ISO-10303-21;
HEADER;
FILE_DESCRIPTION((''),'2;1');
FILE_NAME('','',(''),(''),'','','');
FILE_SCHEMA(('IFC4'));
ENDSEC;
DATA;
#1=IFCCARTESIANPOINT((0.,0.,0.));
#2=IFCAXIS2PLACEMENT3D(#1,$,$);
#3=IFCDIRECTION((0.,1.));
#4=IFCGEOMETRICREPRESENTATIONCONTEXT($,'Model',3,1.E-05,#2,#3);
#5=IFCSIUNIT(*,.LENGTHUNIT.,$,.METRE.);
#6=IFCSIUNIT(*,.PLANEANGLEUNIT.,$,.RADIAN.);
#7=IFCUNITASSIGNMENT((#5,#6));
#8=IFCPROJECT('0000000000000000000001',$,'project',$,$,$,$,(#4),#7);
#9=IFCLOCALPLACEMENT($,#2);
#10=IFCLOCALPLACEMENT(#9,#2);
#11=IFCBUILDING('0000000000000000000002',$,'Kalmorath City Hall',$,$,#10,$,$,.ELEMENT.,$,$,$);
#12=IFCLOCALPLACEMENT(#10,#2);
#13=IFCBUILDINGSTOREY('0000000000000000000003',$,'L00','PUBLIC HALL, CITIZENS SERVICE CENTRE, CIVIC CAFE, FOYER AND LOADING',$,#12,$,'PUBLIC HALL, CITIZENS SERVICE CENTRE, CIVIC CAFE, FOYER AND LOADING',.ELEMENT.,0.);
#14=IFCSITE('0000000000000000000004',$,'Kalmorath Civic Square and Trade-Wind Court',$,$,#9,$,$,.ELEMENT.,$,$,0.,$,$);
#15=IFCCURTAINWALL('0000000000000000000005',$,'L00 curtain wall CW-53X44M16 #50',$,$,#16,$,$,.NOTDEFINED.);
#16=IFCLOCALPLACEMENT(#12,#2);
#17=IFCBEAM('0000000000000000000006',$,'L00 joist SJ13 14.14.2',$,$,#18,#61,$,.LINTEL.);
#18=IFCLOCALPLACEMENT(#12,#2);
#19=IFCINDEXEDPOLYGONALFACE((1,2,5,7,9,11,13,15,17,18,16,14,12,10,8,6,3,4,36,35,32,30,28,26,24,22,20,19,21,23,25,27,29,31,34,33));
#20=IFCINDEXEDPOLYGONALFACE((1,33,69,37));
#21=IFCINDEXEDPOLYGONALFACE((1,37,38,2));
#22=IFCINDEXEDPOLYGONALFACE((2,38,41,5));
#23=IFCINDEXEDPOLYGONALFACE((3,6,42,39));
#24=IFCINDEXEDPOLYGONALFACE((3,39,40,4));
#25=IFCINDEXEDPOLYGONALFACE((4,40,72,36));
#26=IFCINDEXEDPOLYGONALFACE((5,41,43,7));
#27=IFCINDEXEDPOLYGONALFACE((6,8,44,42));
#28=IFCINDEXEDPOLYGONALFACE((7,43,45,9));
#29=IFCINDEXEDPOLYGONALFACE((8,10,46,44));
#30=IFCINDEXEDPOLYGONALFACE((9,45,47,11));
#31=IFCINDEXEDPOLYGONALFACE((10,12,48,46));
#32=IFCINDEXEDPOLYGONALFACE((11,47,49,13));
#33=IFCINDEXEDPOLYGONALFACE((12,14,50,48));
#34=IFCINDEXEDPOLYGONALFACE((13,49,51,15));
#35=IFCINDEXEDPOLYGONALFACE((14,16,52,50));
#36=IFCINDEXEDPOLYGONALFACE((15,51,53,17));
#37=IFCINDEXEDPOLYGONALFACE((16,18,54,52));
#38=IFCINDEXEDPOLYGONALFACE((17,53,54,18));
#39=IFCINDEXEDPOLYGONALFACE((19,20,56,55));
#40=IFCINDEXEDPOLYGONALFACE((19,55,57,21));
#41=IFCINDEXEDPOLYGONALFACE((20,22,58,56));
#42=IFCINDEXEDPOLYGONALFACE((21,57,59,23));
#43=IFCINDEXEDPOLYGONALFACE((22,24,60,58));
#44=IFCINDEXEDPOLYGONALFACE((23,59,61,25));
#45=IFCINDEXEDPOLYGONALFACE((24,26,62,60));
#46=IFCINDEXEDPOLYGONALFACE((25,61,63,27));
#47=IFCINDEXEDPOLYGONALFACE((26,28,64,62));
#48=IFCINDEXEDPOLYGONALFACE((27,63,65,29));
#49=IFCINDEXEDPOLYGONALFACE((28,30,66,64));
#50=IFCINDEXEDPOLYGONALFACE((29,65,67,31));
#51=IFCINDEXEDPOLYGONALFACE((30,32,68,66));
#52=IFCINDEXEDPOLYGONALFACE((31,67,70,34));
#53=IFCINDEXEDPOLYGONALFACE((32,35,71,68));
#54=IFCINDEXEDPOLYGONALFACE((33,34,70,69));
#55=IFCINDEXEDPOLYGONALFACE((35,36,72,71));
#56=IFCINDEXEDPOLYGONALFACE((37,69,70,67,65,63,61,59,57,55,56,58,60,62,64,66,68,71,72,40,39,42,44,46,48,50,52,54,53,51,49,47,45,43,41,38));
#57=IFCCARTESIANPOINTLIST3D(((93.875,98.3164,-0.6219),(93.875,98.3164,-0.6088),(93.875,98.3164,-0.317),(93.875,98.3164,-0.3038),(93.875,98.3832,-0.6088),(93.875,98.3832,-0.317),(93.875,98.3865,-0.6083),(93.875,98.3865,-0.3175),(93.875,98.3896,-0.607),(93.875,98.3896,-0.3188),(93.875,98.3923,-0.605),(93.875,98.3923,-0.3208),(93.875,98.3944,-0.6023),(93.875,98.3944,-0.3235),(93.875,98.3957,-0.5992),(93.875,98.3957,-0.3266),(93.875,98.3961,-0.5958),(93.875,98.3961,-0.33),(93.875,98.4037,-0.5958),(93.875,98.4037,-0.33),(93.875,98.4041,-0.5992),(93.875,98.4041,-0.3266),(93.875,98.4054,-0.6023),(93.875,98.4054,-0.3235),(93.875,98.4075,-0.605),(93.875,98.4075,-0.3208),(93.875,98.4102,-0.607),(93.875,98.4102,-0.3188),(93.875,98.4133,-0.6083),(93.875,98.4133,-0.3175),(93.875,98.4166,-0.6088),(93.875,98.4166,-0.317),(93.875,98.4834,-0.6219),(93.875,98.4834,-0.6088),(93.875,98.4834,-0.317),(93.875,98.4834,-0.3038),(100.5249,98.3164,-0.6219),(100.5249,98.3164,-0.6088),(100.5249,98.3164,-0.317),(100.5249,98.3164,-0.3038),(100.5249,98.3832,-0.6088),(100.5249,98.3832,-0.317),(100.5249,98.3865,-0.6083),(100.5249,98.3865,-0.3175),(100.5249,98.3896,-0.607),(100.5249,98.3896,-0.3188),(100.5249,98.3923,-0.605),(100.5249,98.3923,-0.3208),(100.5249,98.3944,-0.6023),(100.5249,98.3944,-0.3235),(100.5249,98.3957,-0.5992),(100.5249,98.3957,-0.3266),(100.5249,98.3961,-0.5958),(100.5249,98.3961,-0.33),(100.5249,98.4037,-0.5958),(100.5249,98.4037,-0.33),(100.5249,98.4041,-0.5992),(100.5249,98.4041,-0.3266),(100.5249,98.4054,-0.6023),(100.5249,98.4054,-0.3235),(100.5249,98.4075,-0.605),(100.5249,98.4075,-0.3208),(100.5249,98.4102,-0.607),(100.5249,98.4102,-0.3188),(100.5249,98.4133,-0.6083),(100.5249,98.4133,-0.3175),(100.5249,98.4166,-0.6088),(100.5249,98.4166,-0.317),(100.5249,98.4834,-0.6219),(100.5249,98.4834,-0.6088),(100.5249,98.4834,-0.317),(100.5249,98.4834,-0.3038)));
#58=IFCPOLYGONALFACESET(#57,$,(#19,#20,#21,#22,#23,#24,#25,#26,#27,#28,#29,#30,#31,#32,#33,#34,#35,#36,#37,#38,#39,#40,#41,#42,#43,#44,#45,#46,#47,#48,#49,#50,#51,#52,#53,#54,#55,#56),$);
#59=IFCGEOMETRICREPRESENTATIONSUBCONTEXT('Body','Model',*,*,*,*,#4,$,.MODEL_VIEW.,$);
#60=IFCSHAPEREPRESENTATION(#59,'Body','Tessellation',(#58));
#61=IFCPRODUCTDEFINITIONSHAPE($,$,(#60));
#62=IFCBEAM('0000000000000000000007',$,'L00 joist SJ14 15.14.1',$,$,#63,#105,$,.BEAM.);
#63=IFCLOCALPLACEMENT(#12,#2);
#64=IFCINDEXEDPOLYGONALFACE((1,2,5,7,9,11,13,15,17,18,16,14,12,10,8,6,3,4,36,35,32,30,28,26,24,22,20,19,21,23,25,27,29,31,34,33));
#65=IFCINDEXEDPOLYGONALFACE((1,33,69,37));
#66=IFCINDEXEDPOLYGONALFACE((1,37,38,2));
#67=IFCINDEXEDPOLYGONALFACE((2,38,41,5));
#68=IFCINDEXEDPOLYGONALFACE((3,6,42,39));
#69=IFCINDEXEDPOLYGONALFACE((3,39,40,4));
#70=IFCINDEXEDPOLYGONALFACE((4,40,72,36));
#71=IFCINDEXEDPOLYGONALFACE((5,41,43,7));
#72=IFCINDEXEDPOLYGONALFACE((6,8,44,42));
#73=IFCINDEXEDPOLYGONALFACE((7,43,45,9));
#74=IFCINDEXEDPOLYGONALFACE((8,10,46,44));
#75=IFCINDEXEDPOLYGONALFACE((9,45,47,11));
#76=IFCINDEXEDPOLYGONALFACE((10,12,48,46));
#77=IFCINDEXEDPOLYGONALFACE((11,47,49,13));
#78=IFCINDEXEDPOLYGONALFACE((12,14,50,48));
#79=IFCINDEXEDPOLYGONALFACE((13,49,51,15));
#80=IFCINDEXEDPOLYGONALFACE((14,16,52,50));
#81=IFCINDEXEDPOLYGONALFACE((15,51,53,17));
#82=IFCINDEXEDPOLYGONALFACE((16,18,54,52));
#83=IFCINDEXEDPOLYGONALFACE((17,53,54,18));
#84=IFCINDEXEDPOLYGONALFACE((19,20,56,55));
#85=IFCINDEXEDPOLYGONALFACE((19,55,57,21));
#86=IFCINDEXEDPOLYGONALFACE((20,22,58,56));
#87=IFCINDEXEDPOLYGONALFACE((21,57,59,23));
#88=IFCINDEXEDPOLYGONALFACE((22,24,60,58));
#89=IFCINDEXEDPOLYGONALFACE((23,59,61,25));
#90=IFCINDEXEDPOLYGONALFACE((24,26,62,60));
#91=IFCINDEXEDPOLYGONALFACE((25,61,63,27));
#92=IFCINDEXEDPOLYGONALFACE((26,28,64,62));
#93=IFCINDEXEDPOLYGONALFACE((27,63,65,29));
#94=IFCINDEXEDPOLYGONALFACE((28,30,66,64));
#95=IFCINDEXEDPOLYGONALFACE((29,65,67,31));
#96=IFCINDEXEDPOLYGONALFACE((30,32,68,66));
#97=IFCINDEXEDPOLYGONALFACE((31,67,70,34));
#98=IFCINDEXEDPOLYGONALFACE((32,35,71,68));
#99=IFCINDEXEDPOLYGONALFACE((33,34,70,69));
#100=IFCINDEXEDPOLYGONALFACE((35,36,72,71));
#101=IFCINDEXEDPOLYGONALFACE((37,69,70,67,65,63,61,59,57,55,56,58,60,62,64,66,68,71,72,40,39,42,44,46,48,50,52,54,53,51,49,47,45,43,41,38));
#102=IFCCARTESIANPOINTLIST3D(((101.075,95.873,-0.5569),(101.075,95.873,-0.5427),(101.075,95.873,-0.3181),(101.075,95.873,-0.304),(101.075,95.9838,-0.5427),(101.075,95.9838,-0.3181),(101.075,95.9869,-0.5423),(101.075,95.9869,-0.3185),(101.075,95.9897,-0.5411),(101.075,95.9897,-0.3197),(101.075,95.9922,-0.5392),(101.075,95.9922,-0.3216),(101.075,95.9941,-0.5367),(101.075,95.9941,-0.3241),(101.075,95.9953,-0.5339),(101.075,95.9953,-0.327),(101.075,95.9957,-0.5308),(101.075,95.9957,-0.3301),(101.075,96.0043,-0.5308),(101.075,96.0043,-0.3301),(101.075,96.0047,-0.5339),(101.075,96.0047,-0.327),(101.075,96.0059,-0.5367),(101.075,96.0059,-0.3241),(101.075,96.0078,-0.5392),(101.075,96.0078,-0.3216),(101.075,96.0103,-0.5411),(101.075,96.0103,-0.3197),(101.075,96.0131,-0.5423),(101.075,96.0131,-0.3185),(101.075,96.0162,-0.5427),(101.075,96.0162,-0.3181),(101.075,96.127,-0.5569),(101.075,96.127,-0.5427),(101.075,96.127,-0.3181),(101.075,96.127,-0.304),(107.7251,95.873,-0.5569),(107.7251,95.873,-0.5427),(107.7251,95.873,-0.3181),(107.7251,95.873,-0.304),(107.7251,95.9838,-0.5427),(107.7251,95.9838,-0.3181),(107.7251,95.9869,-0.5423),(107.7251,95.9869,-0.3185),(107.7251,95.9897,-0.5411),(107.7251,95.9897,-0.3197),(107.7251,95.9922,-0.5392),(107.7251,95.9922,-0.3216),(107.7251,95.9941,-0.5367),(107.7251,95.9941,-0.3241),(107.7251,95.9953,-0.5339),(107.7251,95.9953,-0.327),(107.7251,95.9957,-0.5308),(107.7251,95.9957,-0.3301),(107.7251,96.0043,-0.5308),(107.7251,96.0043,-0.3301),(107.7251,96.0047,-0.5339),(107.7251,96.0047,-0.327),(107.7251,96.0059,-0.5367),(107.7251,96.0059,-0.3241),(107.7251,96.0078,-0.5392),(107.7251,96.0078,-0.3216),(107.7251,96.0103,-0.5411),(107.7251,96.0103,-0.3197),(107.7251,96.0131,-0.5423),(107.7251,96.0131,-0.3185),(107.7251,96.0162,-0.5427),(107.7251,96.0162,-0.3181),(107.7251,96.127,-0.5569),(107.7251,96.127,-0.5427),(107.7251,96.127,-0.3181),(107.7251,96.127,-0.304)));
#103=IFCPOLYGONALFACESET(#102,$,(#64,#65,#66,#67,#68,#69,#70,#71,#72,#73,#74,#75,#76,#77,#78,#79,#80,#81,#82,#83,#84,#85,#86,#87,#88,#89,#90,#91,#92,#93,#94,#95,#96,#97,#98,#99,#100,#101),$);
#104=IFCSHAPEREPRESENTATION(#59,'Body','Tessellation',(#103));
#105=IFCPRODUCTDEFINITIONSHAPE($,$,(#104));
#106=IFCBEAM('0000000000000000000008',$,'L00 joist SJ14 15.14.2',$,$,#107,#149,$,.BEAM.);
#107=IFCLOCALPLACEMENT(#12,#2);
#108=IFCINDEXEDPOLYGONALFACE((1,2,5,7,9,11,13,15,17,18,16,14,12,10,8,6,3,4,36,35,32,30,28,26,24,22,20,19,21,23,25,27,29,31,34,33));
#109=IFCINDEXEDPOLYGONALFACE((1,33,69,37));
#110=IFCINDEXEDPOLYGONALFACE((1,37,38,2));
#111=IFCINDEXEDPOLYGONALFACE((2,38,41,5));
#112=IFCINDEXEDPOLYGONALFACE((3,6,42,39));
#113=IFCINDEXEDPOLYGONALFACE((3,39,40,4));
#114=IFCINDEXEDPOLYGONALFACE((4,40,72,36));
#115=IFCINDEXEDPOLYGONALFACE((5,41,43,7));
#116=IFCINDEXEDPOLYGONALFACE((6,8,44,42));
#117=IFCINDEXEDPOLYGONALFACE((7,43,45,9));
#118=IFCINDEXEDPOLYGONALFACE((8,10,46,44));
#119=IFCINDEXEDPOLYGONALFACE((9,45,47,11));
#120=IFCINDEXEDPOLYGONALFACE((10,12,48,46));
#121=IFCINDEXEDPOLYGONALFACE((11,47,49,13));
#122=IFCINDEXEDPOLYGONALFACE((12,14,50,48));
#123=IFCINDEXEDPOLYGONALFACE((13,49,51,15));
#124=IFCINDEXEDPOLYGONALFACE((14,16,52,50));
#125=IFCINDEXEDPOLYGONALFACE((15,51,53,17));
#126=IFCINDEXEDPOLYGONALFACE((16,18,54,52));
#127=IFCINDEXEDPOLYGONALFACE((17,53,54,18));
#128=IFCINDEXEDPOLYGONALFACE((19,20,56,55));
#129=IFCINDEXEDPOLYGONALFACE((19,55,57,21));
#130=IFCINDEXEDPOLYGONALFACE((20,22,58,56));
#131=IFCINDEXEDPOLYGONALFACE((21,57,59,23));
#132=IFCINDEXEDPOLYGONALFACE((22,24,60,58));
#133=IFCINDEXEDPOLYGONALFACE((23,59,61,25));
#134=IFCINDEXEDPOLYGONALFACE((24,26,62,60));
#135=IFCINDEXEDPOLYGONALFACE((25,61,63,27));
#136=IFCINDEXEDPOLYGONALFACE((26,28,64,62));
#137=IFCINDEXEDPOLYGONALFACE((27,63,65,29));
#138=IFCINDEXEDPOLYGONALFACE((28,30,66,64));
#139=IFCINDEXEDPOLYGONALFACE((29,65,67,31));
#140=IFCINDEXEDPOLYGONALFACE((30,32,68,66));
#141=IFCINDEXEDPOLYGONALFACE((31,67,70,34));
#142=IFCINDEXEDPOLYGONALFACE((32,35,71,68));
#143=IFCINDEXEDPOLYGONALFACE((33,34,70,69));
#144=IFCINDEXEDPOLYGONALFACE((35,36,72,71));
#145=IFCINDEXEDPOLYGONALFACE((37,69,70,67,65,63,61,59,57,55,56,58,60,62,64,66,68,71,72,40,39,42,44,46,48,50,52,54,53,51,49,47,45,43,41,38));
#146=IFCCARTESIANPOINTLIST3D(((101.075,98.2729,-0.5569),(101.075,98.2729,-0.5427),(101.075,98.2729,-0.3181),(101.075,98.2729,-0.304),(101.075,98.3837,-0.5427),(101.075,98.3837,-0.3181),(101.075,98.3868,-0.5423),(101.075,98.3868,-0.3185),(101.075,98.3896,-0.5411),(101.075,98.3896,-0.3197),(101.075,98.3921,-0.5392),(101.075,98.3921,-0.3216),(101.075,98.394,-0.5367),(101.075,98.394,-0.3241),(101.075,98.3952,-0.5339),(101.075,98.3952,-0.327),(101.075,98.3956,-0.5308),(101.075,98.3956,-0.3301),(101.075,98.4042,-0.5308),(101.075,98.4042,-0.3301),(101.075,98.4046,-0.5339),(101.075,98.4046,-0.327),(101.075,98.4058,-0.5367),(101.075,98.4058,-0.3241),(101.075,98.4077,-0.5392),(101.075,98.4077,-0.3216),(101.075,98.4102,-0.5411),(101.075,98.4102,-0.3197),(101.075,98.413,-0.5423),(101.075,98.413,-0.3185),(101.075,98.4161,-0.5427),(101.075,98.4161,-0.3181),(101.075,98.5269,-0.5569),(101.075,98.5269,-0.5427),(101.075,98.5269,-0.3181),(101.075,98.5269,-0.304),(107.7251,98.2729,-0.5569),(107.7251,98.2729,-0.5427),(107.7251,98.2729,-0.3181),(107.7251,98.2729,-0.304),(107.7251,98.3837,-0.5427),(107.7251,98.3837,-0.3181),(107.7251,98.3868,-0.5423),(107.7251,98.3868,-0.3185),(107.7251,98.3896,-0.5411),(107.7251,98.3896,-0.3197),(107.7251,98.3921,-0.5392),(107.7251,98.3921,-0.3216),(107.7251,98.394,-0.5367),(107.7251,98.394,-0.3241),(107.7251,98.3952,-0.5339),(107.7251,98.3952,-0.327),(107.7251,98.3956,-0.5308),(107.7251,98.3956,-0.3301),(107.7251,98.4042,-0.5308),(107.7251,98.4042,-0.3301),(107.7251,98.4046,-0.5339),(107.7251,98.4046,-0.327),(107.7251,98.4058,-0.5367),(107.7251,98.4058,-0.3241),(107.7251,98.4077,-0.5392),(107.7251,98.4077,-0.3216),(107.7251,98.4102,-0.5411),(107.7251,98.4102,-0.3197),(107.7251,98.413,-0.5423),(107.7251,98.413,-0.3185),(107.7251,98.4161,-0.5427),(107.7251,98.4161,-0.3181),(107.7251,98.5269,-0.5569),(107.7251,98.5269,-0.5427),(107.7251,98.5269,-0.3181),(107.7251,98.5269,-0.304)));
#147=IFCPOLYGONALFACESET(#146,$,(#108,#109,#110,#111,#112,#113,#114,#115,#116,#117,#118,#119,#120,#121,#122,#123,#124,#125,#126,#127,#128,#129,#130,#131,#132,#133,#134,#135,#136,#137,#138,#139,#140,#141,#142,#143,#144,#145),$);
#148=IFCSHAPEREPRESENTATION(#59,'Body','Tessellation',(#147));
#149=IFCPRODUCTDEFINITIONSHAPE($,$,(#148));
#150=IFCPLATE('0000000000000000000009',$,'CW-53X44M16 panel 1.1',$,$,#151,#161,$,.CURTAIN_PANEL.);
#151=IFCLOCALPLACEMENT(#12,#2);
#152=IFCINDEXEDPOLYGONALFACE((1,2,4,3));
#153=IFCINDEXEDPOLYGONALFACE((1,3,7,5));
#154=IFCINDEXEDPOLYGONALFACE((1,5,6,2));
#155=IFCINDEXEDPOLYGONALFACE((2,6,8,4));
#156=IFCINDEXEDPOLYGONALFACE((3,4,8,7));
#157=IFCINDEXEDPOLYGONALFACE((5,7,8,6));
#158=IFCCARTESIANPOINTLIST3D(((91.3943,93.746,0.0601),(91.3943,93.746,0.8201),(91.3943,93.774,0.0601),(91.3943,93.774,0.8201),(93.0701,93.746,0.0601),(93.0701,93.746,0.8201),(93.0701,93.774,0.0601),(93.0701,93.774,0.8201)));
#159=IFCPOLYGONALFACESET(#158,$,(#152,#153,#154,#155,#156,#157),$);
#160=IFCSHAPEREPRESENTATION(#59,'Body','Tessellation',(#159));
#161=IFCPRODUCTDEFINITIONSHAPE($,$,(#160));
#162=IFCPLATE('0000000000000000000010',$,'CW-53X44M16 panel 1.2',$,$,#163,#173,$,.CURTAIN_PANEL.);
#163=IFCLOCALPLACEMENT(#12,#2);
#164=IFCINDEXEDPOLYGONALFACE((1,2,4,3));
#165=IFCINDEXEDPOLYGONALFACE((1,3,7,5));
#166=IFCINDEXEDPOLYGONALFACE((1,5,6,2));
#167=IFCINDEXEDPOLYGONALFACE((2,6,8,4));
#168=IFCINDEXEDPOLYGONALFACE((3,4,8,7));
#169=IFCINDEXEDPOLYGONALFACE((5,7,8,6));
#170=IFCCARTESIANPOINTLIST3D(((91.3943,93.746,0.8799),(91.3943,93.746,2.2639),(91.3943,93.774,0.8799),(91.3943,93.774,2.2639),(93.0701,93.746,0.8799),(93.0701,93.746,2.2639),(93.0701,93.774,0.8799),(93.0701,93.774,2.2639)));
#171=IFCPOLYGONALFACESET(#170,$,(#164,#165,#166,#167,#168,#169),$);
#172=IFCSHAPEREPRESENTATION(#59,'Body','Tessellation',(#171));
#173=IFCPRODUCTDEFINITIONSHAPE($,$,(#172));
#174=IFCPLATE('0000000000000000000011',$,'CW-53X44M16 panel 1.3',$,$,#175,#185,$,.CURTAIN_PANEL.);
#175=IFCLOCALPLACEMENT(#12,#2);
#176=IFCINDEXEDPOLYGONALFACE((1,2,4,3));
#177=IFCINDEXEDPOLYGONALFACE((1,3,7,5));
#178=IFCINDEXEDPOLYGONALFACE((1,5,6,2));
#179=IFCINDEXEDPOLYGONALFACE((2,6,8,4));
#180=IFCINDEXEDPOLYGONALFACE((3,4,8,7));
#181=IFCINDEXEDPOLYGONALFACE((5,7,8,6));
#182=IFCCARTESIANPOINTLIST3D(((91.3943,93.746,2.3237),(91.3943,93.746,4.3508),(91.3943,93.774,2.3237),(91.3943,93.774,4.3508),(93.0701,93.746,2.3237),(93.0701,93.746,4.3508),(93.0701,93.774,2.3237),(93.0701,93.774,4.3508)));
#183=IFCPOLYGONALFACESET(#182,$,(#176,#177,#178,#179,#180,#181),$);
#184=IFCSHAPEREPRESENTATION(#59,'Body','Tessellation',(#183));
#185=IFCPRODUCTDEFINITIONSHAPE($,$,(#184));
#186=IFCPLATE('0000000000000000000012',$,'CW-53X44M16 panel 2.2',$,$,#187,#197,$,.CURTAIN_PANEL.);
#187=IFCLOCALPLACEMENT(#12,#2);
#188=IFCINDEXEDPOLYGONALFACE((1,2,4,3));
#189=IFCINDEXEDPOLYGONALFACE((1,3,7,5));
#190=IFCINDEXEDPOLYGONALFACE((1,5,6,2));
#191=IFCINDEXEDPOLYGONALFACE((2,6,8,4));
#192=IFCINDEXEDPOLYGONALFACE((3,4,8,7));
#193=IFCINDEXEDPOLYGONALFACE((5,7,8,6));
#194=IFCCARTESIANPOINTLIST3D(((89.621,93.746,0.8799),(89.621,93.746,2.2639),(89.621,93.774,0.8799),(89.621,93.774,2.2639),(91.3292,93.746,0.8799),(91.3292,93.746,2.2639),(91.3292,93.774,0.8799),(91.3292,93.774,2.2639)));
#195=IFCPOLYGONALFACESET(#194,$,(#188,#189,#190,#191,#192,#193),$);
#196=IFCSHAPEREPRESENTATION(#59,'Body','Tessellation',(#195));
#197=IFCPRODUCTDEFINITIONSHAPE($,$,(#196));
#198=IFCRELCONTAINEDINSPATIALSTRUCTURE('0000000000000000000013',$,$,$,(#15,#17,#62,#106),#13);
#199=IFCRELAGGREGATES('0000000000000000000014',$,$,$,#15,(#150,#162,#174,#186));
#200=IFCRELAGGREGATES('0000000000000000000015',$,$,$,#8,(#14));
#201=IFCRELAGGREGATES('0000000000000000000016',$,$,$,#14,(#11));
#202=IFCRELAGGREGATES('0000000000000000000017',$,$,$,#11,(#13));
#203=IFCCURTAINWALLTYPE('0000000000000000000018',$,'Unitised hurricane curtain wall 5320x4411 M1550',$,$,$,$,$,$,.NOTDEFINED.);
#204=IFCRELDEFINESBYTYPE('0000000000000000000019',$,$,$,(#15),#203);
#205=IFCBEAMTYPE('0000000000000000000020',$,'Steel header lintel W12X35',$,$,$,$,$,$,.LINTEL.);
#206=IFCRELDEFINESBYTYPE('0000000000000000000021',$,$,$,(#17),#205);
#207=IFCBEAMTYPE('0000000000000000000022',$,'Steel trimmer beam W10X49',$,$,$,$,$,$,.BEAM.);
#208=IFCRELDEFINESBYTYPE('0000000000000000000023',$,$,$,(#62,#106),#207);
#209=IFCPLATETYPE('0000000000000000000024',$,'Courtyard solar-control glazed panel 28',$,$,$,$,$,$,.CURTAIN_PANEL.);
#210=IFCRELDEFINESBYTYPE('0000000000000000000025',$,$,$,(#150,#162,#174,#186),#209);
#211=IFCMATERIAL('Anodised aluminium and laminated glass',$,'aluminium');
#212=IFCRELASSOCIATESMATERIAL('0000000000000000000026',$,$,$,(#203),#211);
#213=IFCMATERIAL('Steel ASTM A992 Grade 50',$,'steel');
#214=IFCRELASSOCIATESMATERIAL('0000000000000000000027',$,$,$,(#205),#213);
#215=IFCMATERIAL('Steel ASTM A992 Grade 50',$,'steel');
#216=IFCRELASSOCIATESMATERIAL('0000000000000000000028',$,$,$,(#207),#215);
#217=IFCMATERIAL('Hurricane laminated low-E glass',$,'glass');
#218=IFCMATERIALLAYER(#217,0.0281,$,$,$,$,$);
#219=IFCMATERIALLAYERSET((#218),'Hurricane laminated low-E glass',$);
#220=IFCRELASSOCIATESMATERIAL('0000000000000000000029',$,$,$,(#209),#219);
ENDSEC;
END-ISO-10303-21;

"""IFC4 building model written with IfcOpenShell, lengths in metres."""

from ifc_helpers import new_model, si_unit, direction, frame, origin, origin_2d, place, context, subcontext, project, spatial, rectangle, i_section, extrude, material, layer, layer_set, material_profile, profile_set, type_object, element, aggregate, save


model = new_model("IFC4")

# Units and contexts
model_context = context("Model", 3, precision=1e-05, world=origin(), true_north=direction((0.0, 1.0)))
body_context = subcontext(model_context, "Body", "Model", "MODEL_VIEW")
ifc_project = project(units=[si_unit("LENGTHUNIT", "METRE"), si_unit("PLANEANGLEUNIT", "RADIAN")], contexts=[model_context])

# Site, building, storey
site_placement = place(None, origin())
site = spatial("IfcSite", under=ifc_project, at=site_placement, Name="Kalmorath Civic Square and Trade-Wind Court", CompositionType="ELEMENT", RefElevation=0.0)
building_placement = place(site_placement, origin())
building = spatial("IfcBuilding", under=site, at=building_placement, Name="Kalmorath City Hall", CompositionType="ELEMENT")
storey_placement = place(building_placement, origin())
storey = spatial("IfcBuildingStorey", under=building, at=storey_placement, Name="L00", Description="PUBLIC HALL, CITIZENS SERVICE CENTRE, CIVIC CAFE, FOYER AND LOADING", LongName="PUBLIC HALL, CITIZENS SERVICE CENTRE, CIVIC CAFE, FOYER AND LOADING", CompositionType="ELEMENT", Elevation=0.0)

# Curtain wall
ifc_material_1 = material(Name="Anodised aluminium and laminated glass", Category="aluminium")
curtain_wall_type = type_object("IfcCurtainWallType", Name="Unitised hurricane curtain wall 5320x4411 M1550", PredefinedType="NOTDEFINED", material=ifc_material_1)
curtain_wall_placement = place(storey_placement, origin())
curtain_wall = element("IfcCurtainWall", 1, at=curtain_wall_placement, inside=storey, type_object=curtain_wall_type, Name="L00 curtain wall CW-53X44M16 #50", PredefinedType="NOTDEFINED")

# Beams
ifc_material_2 = material(Name="Steel ASTM A992 Grade 50", Category="steel")
ifc_material_profile_1 = material_profile(ifc_material_2, i_section(OverallWidth=0.167, OverallDepth=0.3181, WebThickness=0.0076, FlangeThickness=0.0132, FilletRadius=0.0129, at=origin_2d()), Name="W12X35")
ifc_profile_set_1 = profile_set([ifc_material_profile_1], Name="Steel ASTM A992 Grade 50")
beam_type_1 = type_object("IfcBeamType", Name="Steel header lintel W12X35", PredefinedType="LINTEL", material=ifc_profile_set_1)
for number, where, z_axis, x_axis, name in (
    (2, (93.875, 98.3999, -0.4629), (1.0, 0.0, 0.0), (0.0, 1.0, 0.0), "L00 joist SJ13 14.14.2"),
):
    element("IfcBeam", number, at=place(storey_placement, frame(where, z_axis=z_axis, x_axis=x_axis)), inside=storey, type_object=beam_type_1, Name=name, PredefinedType="LINTEL", context=body_context, shape_type="SweptSolid", body=[
        extrude(i_section(OverallWidth=0.167, OverallDepth=0.3181, WebThickness=0.0076, FlangeThickness=0.0132, FilletRadius=0.0129, at=origin_2d()), origin(), (0.0, 0.0, 1.0), 6.6499),
    ])
ifc_material_3 = material(Name="Steel ASTM A992 Grade 50", Category="steel")
ifc_material_profile_2 = material_profile(ifc_material_3, i_section(OverallWidth=0.2539, OverallDepth=0.2529, WebThickness=0.0085, FlangeThickness=0.0142, FilletRadius=0.012, at=origin_2d()), Name="W10X49")
ifc_profile_set_2 = profile_set([ifc_material_profile_2], Name="Steel ASTM A992 Grade 50")
beam_type_2 = type_object("IfcBeamType", Name="Steel trimmer beam W10X49", PredefinedType="BEAM", material=ifc_profile_set_2)
for number, where, z_axis, x_axis, name in (
    (3, (101.075, 96.0, -0.4304), (1.0, 0.0, 0.0), (0.0, 1.0, 0.0), "L00 joist SJ14 15.14.1"),
    (4, (101.075, 98.3999, -0.4304), (1.0, 0.0, 0.0), (0.0, 1.0, 0.0), "L00 joist SJ14 15.14.2"),
):
    element("IfcBeam", number, at=place(storey_placement, frame(where, z_axis=z_axis, x_axis=x_axis)), inside=storey, type_object=beam_type_2, Name=name, PredefinedType="BEAM", context=body_context, shape_type="SweptSolid", body=[
        extrude(i_section(OverallWidth=0.2539, OverallDepth=0.2529, WebThickness=0.0085, FlangeThickness=0.0142, FilletRadius=0.012, at=origin_2d()), origin(), (0.0, 0.0, 1.0), 6.6501),
    ])

# Plates
ifc_material_4 = material(Name="Hurricane laminated low-E glass", Category="glass")
ifc_layer_1 = layer(ifc_material_4, 0.0281)
ifc_layer_set_1 = layer_set([ifc_layer_1], Name="Hurricane laminated low-E glass")
plate_type = type_object("IfcPlateType", Name="Courtyard solar-control glazed panel 28", PredefinedType="CURTAIN_PANEL", material=ifc_layer_set_1)
plate_1_placement = place(storey_placement, frame((92.2322, 93.76, 0.0601), z_axis=(0.0, 0.0, 1.0), x_axis=(-1.0, 0.0, 0.0)))
plate_1 = element("IfcPlate", 5, at=plate_1_placement, type_object=plate_type, Name="CW-53X44M16 panel 1.1", PredefinedType="CURTAIN_PANEL", context=body_context, shape_type="SweptSolid", body=[
    extrude(rectangle(XDim=1.6758, YDim=0.0281, at=origin_2d()), origin(), (0.0, 0.0, 1.0), 0.76),
])
plate_2_placement = place(storey_placement, frame((92.2322, 93.76, 0.8799), z_axis=(0.0, 0.0, 1.0), x_axis=(-1.0, 0.0, 0.0)))
plate_2 = element("IfcPlate", 6, at=plate_2_placement, type_object=plate_type, Name="CW-53X44M16 panel 1.2", PredefinedType="CURTAIN_PANEL", context=body_context, shape_type="SweptSolid", body=[
    extrude(rectangle(XDim=1.6758, YDim=0.0281, at=origin_2d()), origin(), (0.0, 0.0, 1.0), 1.384),
])
plate_3_placement = place(storey_placement, frame((92.2322, 93.76, 2.3237), z_axis=(0.0, 0.0, 1.0), x_axis=(-1.0, 0.0, 0.0)))
plate_3 = element("IfcPlate", 7, at=plate_3_placement, type_object=plate_type, Name="CW-53X44M16 panel 1.3", PredefinedType="CURTAIN_PANEL", context=body_context, shape_type="SweptSolid", body=[
    extrude(rectangle(XDim=1.6758, YDim=0.0281, at=origin_2d()), origin(), (0.0, 0.0, 1.0), 2.0271),
])
plate_4_placement = place(storey_placement, frame((90.4751, 93.76, 0.8799), z_axis=(0.0, 0.0, 1.0), x_axis=(-1.0, 0.0, 0.0)))
plate_4 = element("IfcPlate", 8, at=plate_4_placement, type_object=plate_type, Name="CW-53X44M16 panel 2.2", PredefinedType="CURTAIN_PANEL", context=body_context, shape_type="SweptSolid", body=[
    extrude(rectangle(XDim=1.7083, YDim=0.0281, at=origin_2d()), origin(), (0.0, 0.0, 1.0), 1.384),
])
aggregate(curtain_wall, [plate_1, plate_2, plate_3, plate_4])

save(model, "model.ifc")
